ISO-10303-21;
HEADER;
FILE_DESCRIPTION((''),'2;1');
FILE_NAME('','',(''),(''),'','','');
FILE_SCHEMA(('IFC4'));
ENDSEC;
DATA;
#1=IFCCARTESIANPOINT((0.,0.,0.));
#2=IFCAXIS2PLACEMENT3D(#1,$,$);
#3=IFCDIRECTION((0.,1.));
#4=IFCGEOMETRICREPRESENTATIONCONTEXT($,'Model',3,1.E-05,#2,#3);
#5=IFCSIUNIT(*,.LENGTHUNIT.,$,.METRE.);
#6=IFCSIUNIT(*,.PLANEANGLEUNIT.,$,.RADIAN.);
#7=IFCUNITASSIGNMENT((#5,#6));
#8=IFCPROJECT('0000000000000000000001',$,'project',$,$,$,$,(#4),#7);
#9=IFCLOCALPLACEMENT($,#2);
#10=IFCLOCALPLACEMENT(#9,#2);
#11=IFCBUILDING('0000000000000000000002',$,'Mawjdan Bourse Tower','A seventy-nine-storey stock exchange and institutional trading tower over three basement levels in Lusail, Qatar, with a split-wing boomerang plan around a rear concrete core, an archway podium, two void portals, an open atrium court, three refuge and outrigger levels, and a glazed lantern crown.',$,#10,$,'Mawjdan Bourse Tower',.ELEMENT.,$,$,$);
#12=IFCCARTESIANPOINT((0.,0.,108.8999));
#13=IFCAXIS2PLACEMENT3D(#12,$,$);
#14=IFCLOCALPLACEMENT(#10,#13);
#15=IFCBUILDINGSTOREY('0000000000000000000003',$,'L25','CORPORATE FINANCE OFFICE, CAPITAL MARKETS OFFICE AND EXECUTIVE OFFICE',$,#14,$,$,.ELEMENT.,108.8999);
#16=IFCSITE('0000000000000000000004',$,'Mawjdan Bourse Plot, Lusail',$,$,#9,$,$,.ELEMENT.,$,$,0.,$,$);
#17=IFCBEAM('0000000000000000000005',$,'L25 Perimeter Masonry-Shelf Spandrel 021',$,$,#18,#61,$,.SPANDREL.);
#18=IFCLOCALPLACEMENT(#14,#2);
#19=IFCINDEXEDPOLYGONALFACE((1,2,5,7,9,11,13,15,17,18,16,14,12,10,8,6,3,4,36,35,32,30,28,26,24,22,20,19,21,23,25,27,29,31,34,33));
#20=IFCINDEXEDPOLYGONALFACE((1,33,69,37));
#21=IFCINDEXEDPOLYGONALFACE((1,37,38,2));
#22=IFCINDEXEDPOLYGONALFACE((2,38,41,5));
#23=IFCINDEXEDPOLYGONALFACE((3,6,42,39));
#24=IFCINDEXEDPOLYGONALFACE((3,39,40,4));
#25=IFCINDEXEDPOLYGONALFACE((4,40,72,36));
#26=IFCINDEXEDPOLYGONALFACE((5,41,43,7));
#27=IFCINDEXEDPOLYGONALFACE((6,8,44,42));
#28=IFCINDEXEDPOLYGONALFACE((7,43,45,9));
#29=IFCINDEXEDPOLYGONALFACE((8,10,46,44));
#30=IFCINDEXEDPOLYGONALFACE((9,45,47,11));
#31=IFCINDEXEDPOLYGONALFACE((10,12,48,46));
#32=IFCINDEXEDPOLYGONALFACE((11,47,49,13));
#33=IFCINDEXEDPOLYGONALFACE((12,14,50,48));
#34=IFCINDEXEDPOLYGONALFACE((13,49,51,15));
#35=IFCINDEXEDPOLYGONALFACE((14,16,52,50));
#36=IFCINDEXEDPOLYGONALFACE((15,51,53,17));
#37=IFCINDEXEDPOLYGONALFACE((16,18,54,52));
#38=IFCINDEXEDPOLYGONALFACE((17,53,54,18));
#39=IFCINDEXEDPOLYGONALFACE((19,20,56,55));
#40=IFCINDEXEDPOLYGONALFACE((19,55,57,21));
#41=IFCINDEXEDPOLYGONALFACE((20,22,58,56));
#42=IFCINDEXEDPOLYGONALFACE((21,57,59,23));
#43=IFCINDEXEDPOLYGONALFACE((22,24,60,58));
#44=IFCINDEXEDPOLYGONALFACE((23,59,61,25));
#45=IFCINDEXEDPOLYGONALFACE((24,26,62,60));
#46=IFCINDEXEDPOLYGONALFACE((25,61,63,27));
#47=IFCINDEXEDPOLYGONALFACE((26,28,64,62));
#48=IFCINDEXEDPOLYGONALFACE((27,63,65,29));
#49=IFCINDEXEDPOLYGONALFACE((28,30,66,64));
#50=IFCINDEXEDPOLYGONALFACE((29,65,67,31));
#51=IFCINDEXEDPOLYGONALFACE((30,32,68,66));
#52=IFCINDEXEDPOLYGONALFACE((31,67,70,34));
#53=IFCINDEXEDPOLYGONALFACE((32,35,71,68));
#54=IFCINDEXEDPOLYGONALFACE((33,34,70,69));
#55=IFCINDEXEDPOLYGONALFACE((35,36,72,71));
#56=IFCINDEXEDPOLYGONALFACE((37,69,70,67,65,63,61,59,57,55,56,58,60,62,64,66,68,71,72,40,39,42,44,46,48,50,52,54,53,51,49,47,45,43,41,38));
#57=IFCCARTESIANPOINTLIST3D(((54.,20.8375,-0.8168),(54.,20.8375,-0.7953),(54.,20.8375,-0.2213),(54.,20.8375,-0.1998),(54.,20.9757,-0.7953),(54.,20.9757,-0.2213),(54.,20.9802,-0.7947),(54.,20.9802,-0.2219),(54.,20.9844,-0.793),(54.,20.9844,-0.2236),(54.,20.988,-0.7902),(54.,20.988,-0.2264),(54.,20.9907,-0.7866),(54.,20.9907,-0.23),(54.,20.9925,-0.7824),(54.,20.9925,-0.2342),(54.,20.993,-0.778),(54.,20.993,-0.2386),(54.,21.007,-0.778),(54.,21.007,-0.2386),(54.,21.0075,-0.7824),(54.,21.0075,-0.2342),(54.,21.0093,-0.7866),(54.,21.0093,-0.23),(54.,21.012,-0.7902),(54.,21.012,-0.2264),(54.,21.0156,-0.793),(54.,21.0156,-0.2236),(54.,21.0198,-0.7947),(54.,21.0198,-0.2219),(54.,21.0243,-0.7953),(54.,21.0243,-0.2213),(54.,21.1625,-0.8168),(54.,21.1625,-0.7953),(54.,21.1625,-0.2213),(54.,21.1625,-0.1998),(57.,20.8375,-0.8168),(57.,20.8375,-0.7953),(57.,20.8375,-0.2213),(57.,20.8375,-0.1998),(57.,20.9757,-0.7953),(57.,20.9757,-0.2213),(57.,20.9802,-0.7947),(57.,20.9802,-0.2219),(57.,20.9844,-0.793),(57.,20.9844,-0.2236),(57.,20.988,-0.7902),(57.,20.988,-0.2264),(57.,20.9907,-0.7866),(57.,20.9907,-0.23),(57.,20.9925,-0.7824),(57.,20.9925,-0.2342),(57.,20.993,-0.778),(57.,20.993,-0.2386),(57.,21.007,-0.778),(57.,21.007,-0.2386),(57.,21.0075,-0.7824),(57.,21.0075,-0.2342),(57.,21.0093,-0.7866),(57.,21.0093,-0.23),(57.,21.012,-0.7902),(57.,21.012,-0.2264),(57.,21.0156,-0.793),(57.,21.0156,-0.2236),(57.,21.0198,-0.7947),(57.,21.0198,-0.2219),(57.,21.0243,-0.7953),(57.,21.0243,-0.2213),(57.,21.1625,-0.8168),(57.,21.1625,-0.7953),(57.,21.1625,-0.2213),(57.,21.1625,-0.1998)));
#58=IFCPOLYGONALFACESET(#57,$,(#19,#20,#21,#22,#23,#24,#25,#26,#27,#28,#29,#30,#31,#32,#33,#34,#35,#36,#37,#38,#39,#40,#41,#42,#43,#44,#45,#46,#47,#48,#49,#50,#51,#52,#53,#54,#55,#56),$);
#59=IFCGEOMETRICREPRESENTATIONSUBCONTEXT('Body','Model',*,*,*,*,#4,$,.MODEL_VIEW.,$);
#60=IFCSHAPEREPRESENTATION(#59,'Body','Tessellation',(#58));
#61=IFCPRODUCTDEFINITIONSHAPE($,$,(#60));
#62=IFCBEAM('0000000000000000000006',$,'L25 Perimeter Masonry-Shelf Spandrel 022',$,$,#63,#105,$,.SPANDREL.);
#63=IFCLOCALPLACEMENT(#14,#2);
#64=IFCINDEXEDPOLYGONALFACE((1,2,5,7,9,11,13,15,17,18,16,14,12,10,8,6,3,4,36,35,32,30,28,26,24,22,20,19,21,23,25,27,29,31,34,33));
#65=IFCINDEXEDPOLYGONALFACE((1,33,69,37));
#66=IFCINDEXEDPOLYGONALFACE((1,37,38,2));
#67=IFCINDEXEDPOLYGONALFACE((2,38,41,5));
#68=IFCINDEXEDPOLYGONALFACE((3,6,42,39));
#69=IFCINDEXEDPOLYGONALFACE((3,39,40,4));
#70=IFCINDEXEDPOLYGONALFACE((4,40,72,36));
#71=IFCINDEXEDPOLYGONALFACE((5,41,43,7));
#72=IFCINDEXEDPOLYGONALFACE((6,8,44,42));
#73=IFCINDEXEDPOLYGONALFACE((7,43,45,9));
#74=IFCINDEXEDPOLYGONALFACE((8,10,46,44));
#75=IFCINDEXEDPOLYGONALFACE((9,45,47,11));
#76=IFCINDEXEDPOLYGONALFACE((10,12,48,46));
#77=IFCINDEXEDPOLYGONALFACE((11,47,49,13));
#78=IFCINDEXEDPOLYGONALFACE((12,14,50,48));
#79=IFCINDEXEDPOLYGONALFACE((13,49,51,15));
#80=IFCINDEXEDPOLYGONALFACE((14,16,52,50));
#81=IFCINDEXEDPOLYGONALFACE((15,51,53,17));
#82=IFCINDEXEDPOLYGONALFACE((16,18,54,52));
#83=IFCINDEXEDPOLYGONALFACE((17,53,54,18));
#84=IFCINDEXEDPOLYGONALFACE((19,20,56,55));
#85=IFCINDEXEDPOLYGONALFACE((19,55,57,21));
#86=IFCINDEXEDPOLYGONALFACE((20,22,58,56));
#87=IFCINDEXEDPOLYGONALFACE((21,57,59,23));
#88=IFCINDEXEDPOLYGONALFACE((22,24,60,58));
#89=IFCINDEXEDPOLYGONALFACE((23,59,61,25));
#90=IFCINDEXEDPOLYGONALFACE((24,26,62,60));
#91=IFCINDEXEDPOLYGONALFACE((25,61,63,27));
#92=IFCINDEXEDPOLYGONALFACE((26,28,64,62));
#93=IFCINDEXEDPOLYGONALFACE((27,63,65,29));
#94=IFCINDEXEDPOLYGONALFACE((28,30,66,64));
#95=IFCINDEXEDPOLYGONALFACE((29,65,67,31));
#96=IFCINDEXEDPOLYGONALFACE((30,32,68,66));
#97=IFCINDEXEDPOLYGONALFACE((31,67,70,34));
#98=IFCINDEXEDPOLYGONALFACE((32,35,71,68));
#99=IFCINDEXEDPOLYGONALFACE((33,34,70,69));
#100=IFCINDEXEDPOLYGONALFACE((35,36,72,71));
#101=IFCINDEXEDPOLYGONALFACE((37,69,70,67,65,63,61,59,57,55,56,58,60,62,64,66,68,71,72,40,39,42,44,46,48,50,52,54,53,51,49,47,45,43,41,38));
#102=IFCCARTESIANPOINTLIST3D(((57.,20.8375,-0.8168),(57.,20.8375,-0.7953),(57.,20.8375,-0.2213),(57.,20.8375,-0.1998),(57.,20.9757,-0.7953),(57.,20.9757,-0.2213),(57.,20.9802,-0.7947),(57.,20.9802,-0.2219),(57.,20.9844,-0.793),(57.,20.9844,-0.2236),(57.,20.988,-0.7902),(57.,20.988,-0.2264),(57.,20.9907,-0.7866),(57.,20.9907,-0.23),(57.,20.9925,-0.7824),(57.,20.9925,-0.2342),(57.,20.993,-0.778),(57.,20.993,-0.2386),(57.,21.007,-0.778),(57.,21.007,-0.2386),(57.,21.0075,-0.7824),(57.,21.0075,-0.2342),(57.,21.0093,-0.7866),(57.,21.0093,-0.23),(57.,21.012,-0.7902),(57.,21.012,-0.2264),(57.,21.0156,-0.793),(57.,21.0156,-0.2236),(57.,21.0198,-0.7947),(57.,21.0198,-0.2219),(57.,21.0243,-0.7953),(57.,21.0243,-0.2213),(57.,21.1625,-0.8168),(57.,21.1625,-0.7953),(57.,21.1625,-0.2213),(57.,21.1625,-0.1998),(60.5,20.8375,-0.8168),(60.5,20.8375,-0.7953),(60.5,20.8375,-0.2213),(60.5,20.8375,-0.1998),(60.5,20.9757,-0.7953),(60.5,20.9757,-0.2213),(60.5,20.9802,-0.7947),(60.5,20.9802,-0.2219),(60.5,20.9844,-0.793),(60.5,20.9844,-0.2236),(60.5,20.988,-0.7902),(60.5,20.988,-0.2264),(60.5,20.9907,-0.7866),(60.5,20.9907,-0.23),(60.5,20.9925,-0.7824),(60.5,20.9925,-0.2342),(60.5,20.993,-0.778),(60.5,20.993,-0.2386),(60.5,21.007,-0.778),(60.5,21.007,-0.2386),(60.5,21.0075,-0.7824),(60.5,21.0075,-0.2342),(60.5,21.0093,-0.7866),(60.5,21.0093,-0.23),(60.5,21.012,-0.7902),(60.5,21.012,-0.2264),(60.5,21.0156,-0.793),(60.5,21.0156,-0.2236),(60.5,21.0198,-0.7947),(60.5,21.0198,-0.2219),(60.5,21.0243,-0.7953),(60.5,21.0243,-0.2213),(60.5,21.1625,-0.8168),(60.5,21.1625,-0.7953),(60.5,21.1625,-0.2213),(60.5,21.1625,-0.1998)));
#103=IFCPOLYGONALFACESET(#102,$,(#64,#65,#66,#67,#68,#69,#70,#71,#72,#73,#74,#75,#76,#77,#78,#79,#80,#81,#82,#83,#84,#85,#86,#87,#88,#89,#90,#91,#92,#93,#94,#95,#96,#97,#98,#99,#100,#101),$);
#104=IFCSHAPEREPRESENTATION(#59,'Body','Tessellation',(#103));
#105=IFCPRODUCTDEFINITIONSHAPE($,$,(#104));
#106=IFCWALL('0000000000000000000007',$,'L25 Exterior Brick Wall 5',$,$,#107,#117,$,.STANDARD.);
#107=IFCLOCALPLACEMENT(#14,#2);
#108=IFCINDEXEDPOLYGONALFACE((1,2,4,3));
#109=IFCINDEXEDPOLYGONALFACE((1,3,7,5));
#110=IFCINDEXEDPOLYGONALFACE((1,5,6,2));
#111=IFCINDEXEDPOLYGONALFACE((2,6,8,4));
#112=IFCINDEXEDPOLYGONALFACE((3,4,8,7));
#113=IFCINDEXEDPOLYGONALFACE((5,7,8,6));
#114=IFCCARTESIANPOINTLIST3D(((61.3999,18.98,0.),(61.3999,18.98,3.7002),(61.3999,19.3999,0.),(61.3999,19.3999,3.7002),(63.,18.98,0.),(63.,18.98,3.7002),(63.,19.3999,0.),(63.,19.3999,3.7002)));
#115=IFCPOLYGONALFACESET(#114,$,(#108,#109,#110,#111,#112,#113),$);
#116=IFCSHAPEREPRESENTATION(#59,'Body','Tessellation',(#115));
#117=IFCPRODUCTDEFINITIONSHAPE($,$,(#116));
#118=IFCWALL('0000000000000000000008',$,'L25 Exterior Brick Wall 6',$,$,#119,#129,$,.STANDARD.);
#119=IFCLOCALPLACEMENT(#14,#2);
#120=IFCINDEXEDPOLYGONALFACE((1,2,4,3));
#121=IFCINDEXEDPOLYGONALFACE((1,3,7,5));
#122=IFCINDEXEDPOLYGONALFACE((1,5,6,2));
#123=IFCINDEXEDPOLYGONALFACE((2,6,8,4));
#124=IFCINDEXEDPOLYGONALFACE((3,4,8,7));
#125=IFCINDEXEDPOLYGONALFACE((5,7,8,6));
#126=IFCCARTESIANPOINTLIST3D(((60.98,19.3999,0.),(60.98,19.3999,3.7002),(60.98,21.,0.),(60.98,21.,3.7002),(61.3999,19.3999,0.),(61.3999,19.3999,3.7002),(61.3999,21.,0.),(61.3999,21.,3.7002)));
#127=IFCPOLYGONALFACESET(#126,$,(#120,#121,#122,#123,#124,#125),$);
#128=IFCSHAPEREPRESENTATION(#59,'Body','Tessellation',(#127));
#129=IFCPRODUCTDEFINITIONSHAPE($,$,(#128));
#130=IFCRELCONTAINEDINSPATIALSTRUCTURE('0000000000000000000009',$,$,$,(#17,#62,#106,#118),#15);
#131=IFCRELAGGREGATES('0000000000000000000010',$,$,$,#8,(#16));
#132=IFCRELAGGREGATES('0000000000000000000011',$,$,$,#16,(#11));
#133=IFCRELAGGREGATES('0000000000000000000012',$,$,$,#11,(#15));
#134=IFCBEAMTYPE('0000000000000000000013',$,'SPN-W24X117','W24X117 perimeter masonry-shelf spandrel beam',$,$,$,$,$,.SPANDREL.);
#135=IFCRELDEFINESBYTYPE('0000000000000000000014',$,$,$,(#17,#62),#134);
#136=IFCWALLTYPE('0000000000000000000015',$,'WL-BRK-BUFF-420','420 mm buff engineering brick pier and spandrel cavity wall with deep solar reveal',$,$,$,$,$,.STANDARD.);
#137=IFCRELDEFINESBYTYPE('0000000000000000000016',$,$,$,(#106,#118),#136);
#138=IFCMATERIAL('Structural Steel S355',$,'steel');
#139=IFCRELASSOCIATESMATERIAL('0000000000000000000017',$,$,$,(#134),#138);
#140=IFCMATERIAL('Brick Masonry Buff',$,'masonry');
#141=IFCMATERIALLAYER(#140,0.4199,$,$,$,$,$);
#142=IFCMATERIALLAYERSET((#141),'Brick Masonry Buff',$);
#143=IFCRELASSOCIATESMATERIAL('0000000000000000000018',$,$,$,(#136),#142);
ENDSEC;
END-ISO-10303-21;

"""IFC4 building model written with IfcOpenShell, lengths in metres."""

from ifc_helpers import new_model, si_unit, direction, frame, frame_2d, origin, origin_2d, place, context, subcontext, project, spatial, rectangle, i_section, extrude, material, layer, layer_set, material_profile, profile_set, type_object, element, save


model = new_model("IFC4")

# Units and contexts
model_context = context("Model", 3, precision=1e-05, world=origin(), true_north=direction((0.0, 1.0)))
body_context = subcontext(model_context, "Body", "Model", "MODEL_VIEW")
ifc_project = project(units=[si_unit("LENGTHUNIT", "METRE"), si_unit("PLANEANGLEUNIT", "RADIAN")], contexts=[model_context])

# Site, building, storey
site_placement = place(None, origin())
site = spatial("IfcSite", under=ifc_project, at=site_placement, Name="Mawjdan Bourse Plot, Lusail", CompositionType="ELEMENT", RefElevation=0.0)
building_placement = place(site_placement, origin())
building = spatial("IfcBuilding", under=site, at=building_placement, Name="Mawjdan Bourse Tower", Description="A seventy-nine-storey stock exchange and institutional trading tower over three basement levels in Lusail, Qatar, with a split-wing boomerang plan around a rear concrete core, an archway podium, two void portals, an open atrium court, three refuge and outrigger levels, and a glazed lantern crown.", LongName="Mawjdan Bourse Tower", CompositionType="ELEMENT")
storey_placement = place(building_placement, frame((0.0, 0.0, 108.8999)))
storey = spatial("IfcBuildingStorey", under=building, at=storey_placement, Name="L25", Description="CORPORATE FINANCE OFFICE, CAPITAL MARKETS OFFICE AND EXECUTIVE OFFICE", CompositionType="ELEMENT", Elevation=108.8999)

# Beams
ifc_material_1 = material(Name="Structural Steel S355", Category="steel")
ifc_material_profile_1 = material_profile(ifc_material_1, i_section(OverallWidth=0.325, OverallDepth=0.6169, WebThickness=0.0139, FlangeThickness=0.0215, FilletRadius=0.0173, at=origin_2d()), Name="W24X117")
ifc_profile_set_1 = profile_set([ifc_material_profile_1], Name="Structural Steel S355")
beam_type_1 = type_object("IfcBeamType", Name="SPN-W24X117", Description="W24X117 perimeter masonry-shelf spandrel beam", PredefinedType="SPANDREL", material=ifc_profile_set_1)
for number, where, z_axis, x_axis, name in (
    (1, (54.0, 21.0, -0.5083), (1.0, 0.0, 0.0), (0.0, 1.0, 0.0), "L25 Perimeter Masonry-Shelf Spandrel 021"),
):
    element("IfcBeam", number, at=place(storey_placement, frame(where, z_axis=z_axis, x_axis=x_axis)), inside=storey, type_object=beam_type_1, Name=name, PredefinedType="SPANDREL", context=body_context, shape_type="SweptSolid", body=[
        extrude(i_section(OverallWidth=0.325, OverallDepth=0.6169, WebThickness=0.0139, FlangeThickness=0.0215, FilletRadius=0.0173, at=origin_2d()), origin(), (0.0, 0.0, 1.0), 3.0),
    ])
beam_1_placement = place(storey_placement, frame((57.0, 21.0, -0.5083), z_axis=(1.0, 0.0, 0.0), x_axis=(0.0, 1.0, 0.0)))
element("IfcBeam", 2, at=beam_1_placement, inside=storey, type_object=beam_type_1, Name="L25 Perimeter Masonry-Shelf Spandrel 022", PredefinedType="SPANDREL", context=body_context, shape_type="SweptSolid", body=[
    extrude(i_section(OverallWidth=0.325, OverallDepth=0.6169, WebThickness=0.0139, FlangeThickness=0.0215, FilletRadius=0.0173, at=origin_2d()), origin(), (0.0, 0.0, 1.0), 3.5),
])

# Walls
ifc_material_2 = material(Name="Brick Masonry Buff", Category="masonry")
ifc_layer = layer(ifc_material_2, 0.4199)
ifc_layer_set = layer_set([ifc_layer], Name="Brick Masonry Buff")
wall_type = type_object("IfcWallType", Name="WL-BRK-BUFF-420", Description="420 mm buff engineering brick pier and spandrel cavity wall with deep solar reveal", PredefinedType="STANDARD", material=ifc_layer_set)
for number, where, z_axis, x_axis, name in (
    (3, (63.0, 19.1899, 0.0), (0.0, 0.0, 1.0), (-1.0, 0.0, 0.0), "L25 Exterior Brick Wall 5"),
    (4, (61.1899, 19.3999, 0.0), (0.0, 0.0, 1.0), (0.0, 1.0, 0.0), "L25 Exterior Brick Wall 6"),
):
    element("IfcWall", number, at=place(storey_placement, frame(where, z_axis=z_axis, x_axis=x_axis)), inside=storey, type_object=wall_type, Name=name, PredefinedType="STANDARD", context=body_context, shape_type="SweptSolid", body=[
        extrude(rectangle(XDim=1.6001, YDim=0.4199, at=frame_2d((0.8, 0.0))), origin(), (0.0, 0.0, 1.0), 3.7002),
    ])

save(model, "model.ifc")
